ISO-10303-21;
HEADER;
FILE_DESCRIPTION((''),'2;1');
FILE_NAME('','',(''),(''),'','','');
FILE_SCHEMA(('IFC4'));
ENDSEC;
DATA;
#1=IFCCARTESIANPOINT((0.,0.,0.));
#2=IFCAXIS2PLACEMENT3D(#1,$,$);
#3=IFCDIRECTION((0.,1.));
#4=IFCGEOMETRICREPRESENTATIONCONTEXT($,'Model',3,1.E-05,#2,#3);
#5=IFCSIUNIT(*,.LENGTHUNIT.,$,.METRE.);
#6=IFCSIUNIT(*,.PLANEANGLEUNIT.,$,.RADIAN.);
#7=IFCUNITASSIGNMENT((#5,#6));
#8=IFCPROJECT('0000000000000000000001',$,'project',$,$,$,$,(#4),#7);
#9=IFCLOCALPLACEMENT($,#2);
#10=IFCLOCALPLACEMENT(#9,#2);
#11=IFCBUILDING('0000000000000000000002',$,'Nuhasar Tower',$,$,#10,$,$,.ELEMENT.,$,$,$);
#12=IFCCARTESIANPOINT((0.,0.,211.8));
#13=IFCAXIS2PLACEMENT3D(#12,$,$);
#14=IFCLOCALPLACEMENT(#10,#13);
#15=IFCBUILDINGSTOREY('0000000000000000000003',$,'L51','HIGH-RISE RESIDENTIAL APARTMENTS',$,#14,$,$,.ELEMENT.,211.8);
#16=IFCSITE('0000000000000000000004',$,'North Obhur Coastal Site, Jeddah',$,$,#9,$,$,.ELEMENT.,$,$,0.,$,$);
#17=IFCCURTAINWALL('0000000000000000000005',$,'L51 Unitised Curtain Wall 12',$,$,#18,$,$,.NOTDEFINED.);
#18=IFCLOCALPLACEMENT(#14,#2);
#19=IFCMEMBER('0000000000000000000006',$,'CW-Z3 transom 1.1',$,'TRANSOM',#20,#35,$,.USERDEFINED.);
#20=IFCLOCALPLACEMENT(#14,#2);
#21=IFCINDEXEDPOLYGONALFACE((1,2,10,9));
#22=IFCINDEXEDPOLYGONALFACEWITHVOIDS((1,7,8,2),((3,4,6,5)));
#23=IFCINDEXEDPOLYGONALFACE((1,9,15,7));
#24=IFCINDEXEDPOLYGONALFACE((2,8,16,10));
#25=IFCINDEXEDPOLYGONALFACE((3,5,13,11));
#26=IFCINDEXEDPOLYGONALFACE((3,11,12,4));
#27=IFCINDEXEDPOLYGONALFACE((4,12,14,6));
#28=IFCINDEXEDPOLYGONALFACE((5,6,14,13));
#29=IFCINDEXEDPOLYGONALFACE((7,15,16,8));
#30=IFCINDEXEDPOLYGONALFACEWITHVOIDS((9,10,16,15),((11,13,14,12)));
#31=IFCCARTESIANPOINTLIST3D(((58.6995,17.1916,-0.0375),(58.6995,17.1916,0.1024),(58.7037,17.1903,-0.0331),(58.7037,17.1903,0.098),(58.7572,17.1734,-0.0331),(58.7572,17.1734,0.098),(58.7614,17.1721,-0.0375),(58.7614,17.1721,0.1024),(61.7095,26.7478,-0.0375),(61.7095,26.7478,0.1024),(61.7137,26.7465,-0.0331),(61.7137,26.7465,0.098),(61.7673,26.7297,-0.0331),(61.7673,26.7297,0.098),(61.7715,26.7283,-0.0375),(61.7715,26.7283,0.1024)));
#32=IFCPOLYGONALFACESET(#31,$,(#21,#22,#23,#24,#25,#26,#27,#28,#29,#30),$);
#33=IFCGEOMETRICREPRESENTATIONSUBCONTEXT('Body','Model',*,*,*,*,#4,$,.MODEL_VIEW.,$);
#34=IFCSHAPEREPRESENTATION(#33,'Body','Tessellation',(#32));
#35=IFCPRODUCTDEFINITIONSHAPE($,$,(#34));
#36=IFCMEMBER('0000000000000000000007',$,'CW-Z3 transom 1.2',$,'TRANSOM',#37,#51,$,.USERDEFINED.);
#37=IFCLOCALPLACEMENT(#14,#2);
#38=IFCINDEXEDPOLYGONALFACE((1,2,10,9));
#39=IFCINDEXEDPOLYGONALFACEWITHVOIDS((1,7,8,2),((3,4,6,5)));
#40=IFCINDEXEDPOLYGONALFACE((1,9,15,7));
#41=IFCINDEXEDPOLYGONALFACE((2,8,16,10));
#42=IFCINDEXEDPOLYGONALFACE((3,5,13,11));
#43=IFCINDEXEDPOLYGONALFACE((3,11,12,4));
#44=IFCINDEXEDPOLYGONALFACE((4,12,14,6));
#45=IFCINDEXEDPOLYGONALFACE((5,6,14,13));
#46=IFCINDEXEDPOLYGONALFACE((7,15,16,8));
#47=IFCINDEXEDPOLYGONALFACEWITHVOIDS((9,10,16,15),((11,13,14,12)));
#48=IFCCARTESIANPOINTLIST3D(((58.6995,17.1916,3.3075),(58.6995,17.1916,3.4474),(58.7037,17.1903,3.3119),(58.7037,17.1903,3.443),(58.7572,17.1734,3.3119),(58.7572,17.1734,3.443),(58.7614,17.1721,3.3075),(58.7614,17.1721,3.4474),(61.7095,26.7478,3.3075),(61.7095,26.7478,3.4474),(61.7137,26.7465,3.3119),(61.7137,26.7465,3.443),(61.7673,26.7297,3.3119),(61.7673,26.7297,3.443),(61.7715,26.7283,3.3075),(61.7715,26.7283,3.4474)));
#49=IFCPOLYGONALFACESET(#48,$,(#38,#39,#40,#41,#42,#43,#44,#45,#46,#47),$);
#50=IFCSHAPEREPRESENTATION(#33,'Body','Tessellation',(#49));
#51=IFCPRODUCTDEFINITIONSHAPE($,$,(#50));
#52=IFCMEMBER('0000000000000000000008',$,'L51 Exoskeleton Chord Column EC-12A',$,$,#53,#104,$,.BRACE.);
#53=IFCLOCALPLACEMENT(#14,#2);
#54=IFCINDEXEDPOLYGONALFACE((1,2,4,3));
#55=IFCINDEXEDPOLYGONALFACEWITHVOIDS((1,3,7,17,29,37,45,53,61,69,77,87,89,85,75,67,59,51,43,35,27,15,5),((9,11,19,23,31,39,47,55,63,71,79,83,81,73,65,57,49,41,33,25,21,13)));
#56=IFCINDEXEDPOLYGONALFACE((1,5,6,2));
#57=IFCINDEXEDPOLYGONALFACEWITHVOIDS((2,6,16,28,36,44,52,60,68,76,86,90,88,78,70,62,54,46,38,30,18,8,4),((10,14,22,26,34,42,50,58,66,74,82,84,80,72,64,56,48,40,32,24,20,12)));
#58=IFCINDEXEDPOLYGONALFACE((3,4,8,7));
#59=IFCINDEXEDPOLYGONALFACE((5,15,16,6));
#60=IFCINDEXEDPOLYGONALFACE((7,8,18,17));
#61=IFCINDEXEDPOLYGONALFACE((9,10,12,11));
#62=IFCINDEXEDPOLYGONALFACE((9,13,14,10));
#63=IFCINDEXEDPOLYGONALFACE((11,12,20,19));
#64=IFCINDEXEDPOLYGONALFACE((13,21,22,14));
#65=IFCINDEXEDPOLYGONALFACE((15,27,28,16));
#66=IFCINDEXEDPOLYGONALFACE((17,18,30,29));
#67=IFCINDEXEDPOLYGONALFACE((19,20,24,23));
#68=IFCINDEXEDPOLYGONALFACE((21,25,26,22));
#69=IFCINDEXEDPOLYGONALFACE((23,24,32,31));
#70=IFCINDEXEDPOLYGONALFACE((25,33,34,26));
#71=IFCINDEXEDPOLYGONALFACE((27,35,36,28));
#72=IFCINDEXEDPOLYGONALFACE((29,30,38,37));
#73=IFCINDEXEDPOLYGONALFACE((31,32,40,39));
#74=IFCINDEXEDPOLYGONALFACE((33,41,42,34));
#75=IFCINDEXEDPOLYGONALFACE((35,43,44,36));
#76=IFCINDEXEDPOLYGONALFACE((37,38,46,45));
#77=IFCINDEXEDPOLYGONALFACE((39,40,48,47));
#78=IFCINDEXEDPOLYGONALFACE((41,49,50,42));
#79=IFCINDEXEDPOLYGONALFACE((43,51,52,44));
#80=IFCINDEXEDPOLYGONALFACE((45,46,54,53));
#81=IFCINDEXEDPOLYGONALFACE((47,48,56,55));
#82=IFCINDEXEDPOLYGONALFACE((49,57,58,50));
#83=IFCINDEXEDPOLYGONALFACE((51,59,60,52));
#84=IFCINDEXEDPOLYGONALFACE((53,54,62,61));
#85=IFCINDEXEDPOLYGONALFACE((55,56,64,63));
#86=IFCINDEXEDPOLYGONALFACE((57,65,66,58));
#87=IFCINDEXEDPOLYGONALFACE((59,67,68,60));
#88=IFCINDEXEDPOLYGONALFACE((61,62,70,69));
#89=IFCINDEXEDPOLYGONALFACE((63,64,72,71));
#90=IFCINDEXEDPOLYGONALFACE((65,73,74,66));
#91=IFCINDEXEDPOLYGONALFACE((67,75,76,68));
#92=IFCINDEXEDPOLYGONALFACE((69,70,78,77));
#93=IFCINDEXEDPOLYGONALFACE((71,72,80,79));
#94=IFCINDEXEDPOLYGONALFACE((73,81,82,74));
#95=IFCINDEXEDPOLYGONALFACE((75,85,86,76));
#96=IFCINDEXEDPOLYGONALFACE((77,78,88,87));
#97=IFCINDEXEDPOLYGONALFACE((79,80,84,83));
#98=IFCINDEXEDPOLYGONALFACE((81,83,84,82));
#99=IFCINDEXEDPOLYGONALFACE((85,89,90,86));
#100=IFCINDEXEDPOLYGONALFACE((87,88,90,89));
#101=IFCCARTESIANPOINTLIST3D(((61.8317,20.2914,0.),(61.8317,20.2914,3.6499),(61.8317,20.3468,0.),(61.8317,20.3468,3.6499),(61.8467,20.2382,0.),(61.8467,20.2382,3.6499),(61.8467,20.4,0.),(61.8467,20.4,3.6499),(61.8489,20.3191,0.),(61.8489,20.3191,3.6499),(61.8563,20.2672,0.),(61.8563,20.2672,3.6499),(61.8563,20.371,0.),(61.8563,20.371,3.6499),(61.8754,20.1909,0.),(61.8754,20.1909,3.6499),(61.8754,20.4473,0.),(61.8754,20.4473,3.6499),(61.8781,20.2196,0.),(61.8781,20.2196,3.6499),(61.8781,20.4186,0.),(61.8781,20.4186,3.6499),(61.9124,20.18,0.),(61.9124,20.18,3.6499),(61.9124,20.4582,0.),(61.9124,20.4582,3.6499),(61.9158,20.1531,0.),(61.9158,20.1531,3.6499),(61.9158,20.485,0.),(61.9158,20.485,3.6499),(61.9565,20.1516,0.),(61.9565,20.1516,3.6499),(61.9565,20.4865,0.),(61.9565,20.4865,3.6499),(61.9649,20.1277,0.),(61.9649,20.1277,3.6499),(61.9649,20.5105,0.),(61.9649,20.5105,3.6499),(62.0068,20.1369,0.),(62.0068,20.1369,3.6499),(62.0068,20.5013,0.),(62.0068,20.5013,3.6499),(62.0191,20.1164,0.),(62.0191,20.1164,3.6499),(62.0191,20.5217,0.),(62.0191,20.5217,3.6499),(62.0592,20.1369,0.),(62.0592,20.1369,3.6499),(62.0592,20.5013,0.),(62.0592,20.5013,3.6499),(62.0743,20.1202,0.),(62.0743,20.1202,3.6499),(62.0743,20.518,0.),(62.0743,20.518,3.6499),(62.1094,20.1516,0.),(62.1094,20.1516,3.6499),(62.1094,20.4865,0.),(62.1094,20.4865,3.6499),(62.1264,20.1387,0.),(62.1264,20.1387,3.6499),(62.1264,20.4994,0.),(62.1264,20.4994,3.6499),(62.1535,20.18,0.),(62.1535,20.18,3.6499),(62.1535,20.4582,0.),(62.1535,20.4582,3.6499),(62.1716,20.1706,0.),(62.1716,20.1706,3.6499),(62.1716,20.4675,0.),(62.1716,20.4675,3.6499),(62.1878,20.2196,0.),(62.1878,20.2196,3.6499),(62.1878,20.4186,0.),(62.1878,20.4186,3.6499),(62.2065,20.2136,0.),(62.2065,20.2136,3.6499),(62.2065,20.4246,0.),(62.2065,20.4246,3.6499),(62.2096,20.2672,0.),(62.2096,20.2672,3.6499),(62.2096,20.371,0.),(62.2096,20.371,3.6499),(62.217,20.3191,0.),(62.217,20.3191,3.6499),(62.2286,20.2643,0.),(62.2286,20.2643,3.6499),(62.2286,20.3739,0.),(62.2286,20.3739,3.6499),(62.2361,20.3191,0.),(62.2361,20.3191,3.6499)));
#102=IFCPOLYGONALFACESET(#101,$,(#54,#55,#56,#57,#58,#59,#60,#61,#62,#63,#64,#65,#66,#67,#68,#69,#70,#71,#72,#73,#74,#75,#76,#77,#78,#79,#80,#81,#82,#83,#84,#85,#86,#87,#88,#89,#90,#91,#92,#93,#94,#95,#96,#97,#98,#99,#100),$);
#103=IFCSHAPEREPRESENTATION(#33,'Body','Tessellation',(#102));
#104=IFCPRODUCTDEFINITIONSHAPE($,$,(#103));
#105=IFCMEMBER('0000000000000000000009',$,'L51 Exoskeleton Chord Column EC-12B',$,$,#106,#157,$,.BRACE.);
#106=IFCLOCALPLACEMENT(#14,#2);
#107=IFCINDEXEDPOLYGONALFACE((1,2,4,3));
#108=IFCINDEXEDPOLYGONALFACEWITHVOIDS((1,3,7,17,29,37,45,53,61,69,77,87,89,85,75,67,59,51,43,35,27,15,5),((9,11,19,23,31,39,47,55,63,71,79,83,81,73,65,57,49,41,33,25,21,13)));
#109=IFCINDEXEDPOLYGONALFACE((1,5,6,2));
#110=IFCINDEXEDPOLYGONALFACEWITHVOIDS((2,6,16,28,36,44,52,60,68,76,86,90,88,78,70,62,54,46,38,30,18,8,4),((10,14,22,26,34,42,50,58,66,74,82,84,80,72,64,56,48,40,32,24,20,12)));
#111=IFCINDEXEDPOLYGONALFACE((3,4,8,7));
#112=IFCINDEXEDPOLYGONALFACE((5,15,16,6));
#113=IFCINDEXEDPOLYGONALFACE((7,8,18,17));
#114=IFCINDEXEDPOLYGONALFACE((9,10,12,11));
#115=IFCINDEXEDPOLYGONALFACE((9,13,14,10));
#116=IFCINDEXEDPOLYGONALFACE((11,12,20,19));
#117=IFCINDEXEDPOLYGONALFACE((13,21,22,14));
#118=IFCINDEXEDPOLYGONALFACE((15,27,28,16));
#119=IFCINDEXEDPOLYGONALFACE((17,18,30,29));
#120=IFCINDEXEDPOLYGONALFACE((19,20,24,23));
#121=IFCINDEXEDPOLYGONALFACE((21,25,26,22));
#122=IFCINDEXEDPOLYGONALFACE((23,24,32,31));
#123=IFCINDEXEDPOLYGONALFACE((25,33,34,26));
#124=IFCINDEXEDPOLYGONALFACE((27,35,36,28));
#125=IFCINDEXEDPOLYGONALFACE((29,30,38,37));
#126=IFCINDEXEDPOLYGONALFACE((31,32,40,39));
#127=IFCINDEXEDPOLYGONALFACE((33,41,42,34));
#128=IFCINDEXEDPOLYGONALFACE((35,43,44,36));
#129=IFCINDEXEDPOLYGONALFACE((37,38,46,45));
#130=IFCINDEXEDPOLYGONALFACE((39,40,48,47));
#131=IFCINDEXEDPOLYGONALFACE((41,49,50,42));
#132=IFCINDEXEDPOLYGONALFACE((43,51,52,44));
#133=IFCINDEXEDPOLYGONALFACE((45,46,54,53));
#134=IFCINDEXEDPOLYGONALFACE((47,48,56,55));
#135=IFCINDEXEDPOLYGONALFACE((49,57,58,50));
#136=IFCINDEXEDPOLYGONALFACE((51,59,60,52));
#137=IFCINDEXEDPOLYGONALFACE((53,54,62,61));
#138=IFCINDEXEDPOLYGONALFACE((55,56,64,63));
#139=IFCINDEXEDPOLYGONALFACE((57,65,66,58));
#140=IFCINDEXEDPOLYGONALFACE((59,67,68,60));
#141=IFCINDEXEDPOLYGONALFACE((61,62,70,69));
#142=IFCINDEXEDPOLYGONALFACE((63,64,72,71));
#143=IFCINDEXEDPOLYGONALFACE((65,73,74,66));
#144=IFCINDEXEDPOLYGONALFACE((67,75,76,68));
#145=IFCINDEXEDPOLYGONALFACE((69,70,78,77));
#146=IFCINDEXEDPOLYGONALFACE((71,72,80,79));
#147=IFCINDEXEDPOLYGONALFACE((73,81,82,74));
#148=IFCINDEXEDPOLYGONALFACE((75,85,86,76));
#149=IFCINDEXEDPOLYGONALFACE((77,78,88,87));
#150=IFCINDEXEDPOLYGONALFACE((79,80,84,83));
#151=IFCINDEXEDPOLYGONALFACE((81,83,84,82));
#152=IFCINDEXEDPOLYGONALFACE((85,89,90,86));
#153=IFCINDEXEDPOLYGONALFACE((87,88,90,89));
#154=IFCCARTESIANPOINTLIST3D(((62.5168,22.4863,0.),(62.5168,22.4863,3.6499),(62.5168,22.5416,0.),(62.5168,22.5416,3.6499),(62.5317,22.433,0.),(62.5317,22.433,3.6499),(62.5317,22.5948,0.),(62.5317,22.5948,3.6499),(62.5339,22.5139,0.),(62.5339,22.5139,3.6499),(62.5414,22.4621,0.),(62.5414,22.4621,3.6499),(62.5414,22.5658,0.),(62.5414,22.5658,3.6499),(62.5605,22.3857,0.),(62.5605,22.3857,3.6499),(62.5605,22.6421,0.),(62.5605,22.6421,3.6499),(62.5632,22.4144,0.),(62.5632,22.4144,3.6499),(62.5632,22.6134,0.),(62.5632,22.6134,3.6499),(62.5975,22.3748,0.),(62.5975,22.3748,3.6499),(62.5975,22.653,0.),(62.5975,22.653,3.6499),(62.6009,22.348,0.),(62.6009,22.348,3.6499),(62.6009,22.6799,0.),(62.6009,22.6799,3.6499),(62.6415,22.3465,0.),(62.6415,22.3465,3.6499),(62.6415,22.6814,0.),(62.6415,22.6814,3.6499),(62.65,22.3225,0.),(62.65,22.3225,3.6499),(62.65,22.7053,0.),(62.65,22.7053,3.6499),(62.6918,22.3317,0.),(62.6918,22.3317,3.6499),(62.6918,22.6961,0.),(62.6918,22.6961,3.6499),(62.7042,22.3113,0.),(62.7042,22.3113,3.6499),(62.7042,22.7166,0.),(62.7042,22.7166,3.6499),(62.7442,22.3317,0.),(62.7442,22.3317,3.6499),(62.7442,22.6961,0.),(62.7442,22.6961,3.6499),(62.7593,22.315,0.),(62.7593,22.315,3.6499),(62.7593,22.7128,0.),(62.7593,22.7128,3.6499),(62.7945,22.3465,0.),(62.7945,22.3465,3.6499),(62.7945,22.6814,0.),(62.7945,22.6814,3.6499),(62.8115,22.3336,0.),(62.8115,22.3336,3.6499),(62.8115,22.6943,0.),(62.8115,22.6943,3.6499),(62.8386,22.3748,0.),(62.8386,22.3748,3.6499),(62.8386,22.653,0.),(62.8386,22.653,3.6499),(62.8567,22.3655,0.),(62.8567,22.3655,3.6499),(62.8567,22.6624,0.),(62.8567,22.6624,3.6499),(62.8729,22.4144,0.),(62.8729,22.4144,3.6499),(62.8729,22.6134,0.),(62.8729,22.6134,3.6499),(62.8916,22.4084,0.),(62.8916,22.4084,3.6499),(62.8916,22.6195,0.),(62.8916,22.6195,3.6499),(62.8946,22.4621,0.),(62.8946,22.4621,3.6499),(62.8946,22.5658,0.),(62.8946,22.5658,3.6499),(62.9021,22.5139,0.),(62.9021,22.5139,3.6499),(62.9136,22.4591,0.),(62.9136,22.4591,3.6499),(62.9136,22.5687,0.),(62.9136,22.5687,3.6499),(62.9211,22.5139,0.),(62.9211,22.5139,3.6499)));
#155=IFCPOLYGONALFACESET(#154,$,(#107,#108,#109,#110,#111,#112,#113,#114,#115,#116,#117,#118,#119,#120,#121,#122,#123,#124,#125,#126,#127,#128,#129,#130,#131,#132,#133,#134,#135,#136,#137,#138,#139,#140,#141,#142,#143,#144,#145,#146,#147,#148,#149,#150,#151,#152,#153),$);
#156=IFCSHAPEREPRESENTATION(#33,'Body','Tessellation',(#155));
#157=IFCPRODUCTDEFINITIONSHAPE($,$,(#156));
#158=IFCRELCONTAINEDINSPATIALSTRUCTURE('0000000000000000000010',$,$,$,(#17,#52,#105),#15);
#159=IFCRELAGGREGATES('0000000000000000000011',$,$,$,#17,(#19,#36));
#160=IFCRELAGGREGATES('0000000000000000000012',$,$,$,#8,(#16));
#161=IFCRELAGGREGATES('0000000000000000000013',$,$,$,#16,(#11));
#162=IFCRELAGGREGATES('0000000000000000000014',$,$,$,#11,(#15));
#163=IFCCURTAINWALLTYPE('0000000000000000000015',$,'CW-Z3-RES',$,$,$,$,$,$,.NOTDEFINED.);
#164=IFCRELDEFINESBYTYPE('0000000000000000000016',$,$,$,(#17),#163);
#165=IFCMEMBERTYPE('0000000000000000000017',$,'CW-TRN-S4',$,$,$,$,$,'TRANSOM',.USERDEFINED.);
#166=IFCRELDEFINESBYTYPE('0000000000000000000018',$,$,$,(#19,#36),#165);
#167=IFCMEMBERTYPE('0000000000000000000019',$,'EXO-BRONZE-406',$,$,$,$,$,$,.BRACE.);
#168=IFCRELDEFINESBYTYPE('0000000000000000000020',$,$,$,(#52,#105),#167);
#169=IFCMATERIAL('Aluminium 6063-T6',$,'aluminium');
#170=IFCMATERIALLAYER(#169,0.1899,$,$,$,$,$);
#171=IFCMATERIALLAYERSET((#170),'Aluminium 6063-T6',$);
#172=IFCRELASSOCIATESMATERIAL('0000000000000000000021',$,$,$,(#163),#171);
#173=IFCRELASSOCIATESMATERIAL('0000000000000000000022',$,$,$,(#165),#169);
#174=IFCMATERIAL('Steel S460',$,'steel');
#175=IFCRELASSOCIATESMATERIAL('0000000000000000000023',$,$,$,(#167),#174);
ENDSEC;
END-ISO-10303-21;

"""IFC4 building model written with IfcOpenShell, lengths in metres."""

from ifc_helpers import new_model, si_unit, direction, frame, origin, origin_2d, place, context, subcontext, project, spatial, hollow_rectangle, hollow_circle, extrude, material, layer, layer_set, material_profile, profile_set, type_object, element, aggregate, save


model = new_model("IFC4")

# Units and contexts
model_context = context("Model", 3, precision=1e-05, world=origin(), true_north=direction((0.0, 1.0)))
body_context = subcontext(model_context, "Body", "Model", "MODEL_VIEW")
ifc_project = project(units=[si_unit("LENGTHUNIT", "METRE"), si_unit("PLANEANGLEUNIT", "RADIAN")], contexts=[model_context])

# Site, building, storey
site_placement = place(None, origin())
site = spatial("IfcSite", under=ifc_project, at=site_placement, Name="North Obhur Coastal Site, Jeddah", CompositionType="ELEMENT", RefElevation=0.0)
building_placement = place(site_placement, origin())
building = spatial("IfcBuilding", under=site, at=building_placement, Name="Nuhasar Tower", CompositionType="ELEMENT")
storey_placement = place(building_placement, frame((0.0, 0.0, 211.8)))
storey = spatial("IfcBuildingStorey", under=building, at=storey_placement, Name="L51", Description="HIGH-RISE RESIDENTIAL APARTMENTS", CompositionType="ELEMENT", Elevation=211.8)

# Curtain wall, members
ifc_material_1 = material(Name="Aluminium 6063-T6", Category="aluminium")
ifc_layer_1 = layer(ifc_material_1, 0.1899)
ifc_layer_set_1 = layer_set([ifc_layer_1], Name="Aluminium 6063-T6")
curtain_wall_type = type_object("IfcCurtainWallType", Name="CW-Z3-RES", PredefinedType="NOTDEFINED", material=ifc_layer_set_1)
curtain_wall_placement = place(storey_placement, origin())
curtain_wall = element("IfcCurtainWall", 1, at=curtain_wall_placement, inside=storey, type_object=curtain_wall_type, Name="L51 Unitised Curtain Wall 12", PredefinedType="NOTDEFINED")
ifc_material_profile_1 = material_profile(ifc_material_1, hollow_rectangle(XDim=0.0649, YDim=0.1399, WallThickness=0.0044, at=origin_2d()), Name="CWT-4")
ifc_profile_set_1 = profile_set([ifc_material_profile_1], Name="Aluminium 6063-T6")
member_type_1 = type_object("IfcMemberType", Name="CW-TRN-S4", ElementType="TRANSOM", PredefinedType="USERDEFINED", material=ifc_profile_set_1)
member_1_placement = place(storey_placement, frame((58.7305, 17.1819, 0.0325), z_axis=(0.30043, 0.953804, 0.0), x_axis=(-0.953804, 0.30043, 0.0)))
member_1 = element("IfcMember", 2, at=member_1_placement, type_object=member_type_1, Name="CW-Z3 transom 1.1", ObjectType="TRANSOM", PredefinedType="USERDEFINED", context=body_context, shape_type="SweptSolid", body=[
    extrude(hollow_rectangle(XDim=0.0649, YDim=0.1399, WallThickness=0.0044, at=origin_2d()), origin(), (0.0, 0.0, 1.0), 10.019),
])
member_2_placement = place(storey_placement, frame((58.7305, 17.1819, 3.3774), z_axis=(0.30043, 0.953804, 0.0), x_axis=(-0.953804, 0.30043, 0.0)))
member_2 = element("IfcMember", 3, at=member_2_placement, type_object=member_type_1, Name="CW-Z3 transom 1.2", ObjectType="TRANSOM", PredefinedType="USERDEFINED", context=body_context, shape_type="SweptSolid", body=[
    extrude(hollow_rectangle(XDim=0.0649, YDim=0.1399, WallThickness=0.0044, at=origin_2d()), origin(), (0.0, 0.0, 1.0), 10.019),
])

# Members
ifc_material_2 = material(Name="Steel S460", Category="steel")
ifc_material_profile_2 = material_profile(ifc_material_2, hollow_circle(Radius=0.2031, WallThickness=0.019, at=origin_2d()), Name="HSS406.4X19.1")
ifc_profile_set_2 = profile_set([ifc_material_profile_2], Name="Steel S460")
member_type_2 = type_object("IfcMemberType", Name="EXO-BRONZE-406", PredefinedType="BRACE", material=ifc_profile_set_2)
for number, where, z_axis, x_axis, name in (
    (4, (62.033, 20.3191, 0.0), (0.0, 0.0, 1.0), (1.0, 0.0, 0.0), "L51 Exoskeleton Chord Column EC-12A"),
    (5, (62.718, 22.5139, 0.0), (0.0, 0.0, 1.0), (1.0, 0.0, 0.0), "L51 Exoskeleton Chord Column EC-12B"),
):
    element("IfcMember", number, at=place(storey_placement, frame(where, z_axis=z_axis, x_axis=x_axis)), inside=storey, type_object=member_type_2, Name=name, PredefinedType="BRACE", context=body_context, shape_type="SweptSolid", body=[
        extrude(hollow_circle(Radius=0.2031, WallThickness=0.019, at=origin_2d()), origin(), (0.0, 0.0, 1.0), 3.6499),
    ])

aggregate(curtain_wall, [member_1, member_2])

save(model, "model.ifc")
